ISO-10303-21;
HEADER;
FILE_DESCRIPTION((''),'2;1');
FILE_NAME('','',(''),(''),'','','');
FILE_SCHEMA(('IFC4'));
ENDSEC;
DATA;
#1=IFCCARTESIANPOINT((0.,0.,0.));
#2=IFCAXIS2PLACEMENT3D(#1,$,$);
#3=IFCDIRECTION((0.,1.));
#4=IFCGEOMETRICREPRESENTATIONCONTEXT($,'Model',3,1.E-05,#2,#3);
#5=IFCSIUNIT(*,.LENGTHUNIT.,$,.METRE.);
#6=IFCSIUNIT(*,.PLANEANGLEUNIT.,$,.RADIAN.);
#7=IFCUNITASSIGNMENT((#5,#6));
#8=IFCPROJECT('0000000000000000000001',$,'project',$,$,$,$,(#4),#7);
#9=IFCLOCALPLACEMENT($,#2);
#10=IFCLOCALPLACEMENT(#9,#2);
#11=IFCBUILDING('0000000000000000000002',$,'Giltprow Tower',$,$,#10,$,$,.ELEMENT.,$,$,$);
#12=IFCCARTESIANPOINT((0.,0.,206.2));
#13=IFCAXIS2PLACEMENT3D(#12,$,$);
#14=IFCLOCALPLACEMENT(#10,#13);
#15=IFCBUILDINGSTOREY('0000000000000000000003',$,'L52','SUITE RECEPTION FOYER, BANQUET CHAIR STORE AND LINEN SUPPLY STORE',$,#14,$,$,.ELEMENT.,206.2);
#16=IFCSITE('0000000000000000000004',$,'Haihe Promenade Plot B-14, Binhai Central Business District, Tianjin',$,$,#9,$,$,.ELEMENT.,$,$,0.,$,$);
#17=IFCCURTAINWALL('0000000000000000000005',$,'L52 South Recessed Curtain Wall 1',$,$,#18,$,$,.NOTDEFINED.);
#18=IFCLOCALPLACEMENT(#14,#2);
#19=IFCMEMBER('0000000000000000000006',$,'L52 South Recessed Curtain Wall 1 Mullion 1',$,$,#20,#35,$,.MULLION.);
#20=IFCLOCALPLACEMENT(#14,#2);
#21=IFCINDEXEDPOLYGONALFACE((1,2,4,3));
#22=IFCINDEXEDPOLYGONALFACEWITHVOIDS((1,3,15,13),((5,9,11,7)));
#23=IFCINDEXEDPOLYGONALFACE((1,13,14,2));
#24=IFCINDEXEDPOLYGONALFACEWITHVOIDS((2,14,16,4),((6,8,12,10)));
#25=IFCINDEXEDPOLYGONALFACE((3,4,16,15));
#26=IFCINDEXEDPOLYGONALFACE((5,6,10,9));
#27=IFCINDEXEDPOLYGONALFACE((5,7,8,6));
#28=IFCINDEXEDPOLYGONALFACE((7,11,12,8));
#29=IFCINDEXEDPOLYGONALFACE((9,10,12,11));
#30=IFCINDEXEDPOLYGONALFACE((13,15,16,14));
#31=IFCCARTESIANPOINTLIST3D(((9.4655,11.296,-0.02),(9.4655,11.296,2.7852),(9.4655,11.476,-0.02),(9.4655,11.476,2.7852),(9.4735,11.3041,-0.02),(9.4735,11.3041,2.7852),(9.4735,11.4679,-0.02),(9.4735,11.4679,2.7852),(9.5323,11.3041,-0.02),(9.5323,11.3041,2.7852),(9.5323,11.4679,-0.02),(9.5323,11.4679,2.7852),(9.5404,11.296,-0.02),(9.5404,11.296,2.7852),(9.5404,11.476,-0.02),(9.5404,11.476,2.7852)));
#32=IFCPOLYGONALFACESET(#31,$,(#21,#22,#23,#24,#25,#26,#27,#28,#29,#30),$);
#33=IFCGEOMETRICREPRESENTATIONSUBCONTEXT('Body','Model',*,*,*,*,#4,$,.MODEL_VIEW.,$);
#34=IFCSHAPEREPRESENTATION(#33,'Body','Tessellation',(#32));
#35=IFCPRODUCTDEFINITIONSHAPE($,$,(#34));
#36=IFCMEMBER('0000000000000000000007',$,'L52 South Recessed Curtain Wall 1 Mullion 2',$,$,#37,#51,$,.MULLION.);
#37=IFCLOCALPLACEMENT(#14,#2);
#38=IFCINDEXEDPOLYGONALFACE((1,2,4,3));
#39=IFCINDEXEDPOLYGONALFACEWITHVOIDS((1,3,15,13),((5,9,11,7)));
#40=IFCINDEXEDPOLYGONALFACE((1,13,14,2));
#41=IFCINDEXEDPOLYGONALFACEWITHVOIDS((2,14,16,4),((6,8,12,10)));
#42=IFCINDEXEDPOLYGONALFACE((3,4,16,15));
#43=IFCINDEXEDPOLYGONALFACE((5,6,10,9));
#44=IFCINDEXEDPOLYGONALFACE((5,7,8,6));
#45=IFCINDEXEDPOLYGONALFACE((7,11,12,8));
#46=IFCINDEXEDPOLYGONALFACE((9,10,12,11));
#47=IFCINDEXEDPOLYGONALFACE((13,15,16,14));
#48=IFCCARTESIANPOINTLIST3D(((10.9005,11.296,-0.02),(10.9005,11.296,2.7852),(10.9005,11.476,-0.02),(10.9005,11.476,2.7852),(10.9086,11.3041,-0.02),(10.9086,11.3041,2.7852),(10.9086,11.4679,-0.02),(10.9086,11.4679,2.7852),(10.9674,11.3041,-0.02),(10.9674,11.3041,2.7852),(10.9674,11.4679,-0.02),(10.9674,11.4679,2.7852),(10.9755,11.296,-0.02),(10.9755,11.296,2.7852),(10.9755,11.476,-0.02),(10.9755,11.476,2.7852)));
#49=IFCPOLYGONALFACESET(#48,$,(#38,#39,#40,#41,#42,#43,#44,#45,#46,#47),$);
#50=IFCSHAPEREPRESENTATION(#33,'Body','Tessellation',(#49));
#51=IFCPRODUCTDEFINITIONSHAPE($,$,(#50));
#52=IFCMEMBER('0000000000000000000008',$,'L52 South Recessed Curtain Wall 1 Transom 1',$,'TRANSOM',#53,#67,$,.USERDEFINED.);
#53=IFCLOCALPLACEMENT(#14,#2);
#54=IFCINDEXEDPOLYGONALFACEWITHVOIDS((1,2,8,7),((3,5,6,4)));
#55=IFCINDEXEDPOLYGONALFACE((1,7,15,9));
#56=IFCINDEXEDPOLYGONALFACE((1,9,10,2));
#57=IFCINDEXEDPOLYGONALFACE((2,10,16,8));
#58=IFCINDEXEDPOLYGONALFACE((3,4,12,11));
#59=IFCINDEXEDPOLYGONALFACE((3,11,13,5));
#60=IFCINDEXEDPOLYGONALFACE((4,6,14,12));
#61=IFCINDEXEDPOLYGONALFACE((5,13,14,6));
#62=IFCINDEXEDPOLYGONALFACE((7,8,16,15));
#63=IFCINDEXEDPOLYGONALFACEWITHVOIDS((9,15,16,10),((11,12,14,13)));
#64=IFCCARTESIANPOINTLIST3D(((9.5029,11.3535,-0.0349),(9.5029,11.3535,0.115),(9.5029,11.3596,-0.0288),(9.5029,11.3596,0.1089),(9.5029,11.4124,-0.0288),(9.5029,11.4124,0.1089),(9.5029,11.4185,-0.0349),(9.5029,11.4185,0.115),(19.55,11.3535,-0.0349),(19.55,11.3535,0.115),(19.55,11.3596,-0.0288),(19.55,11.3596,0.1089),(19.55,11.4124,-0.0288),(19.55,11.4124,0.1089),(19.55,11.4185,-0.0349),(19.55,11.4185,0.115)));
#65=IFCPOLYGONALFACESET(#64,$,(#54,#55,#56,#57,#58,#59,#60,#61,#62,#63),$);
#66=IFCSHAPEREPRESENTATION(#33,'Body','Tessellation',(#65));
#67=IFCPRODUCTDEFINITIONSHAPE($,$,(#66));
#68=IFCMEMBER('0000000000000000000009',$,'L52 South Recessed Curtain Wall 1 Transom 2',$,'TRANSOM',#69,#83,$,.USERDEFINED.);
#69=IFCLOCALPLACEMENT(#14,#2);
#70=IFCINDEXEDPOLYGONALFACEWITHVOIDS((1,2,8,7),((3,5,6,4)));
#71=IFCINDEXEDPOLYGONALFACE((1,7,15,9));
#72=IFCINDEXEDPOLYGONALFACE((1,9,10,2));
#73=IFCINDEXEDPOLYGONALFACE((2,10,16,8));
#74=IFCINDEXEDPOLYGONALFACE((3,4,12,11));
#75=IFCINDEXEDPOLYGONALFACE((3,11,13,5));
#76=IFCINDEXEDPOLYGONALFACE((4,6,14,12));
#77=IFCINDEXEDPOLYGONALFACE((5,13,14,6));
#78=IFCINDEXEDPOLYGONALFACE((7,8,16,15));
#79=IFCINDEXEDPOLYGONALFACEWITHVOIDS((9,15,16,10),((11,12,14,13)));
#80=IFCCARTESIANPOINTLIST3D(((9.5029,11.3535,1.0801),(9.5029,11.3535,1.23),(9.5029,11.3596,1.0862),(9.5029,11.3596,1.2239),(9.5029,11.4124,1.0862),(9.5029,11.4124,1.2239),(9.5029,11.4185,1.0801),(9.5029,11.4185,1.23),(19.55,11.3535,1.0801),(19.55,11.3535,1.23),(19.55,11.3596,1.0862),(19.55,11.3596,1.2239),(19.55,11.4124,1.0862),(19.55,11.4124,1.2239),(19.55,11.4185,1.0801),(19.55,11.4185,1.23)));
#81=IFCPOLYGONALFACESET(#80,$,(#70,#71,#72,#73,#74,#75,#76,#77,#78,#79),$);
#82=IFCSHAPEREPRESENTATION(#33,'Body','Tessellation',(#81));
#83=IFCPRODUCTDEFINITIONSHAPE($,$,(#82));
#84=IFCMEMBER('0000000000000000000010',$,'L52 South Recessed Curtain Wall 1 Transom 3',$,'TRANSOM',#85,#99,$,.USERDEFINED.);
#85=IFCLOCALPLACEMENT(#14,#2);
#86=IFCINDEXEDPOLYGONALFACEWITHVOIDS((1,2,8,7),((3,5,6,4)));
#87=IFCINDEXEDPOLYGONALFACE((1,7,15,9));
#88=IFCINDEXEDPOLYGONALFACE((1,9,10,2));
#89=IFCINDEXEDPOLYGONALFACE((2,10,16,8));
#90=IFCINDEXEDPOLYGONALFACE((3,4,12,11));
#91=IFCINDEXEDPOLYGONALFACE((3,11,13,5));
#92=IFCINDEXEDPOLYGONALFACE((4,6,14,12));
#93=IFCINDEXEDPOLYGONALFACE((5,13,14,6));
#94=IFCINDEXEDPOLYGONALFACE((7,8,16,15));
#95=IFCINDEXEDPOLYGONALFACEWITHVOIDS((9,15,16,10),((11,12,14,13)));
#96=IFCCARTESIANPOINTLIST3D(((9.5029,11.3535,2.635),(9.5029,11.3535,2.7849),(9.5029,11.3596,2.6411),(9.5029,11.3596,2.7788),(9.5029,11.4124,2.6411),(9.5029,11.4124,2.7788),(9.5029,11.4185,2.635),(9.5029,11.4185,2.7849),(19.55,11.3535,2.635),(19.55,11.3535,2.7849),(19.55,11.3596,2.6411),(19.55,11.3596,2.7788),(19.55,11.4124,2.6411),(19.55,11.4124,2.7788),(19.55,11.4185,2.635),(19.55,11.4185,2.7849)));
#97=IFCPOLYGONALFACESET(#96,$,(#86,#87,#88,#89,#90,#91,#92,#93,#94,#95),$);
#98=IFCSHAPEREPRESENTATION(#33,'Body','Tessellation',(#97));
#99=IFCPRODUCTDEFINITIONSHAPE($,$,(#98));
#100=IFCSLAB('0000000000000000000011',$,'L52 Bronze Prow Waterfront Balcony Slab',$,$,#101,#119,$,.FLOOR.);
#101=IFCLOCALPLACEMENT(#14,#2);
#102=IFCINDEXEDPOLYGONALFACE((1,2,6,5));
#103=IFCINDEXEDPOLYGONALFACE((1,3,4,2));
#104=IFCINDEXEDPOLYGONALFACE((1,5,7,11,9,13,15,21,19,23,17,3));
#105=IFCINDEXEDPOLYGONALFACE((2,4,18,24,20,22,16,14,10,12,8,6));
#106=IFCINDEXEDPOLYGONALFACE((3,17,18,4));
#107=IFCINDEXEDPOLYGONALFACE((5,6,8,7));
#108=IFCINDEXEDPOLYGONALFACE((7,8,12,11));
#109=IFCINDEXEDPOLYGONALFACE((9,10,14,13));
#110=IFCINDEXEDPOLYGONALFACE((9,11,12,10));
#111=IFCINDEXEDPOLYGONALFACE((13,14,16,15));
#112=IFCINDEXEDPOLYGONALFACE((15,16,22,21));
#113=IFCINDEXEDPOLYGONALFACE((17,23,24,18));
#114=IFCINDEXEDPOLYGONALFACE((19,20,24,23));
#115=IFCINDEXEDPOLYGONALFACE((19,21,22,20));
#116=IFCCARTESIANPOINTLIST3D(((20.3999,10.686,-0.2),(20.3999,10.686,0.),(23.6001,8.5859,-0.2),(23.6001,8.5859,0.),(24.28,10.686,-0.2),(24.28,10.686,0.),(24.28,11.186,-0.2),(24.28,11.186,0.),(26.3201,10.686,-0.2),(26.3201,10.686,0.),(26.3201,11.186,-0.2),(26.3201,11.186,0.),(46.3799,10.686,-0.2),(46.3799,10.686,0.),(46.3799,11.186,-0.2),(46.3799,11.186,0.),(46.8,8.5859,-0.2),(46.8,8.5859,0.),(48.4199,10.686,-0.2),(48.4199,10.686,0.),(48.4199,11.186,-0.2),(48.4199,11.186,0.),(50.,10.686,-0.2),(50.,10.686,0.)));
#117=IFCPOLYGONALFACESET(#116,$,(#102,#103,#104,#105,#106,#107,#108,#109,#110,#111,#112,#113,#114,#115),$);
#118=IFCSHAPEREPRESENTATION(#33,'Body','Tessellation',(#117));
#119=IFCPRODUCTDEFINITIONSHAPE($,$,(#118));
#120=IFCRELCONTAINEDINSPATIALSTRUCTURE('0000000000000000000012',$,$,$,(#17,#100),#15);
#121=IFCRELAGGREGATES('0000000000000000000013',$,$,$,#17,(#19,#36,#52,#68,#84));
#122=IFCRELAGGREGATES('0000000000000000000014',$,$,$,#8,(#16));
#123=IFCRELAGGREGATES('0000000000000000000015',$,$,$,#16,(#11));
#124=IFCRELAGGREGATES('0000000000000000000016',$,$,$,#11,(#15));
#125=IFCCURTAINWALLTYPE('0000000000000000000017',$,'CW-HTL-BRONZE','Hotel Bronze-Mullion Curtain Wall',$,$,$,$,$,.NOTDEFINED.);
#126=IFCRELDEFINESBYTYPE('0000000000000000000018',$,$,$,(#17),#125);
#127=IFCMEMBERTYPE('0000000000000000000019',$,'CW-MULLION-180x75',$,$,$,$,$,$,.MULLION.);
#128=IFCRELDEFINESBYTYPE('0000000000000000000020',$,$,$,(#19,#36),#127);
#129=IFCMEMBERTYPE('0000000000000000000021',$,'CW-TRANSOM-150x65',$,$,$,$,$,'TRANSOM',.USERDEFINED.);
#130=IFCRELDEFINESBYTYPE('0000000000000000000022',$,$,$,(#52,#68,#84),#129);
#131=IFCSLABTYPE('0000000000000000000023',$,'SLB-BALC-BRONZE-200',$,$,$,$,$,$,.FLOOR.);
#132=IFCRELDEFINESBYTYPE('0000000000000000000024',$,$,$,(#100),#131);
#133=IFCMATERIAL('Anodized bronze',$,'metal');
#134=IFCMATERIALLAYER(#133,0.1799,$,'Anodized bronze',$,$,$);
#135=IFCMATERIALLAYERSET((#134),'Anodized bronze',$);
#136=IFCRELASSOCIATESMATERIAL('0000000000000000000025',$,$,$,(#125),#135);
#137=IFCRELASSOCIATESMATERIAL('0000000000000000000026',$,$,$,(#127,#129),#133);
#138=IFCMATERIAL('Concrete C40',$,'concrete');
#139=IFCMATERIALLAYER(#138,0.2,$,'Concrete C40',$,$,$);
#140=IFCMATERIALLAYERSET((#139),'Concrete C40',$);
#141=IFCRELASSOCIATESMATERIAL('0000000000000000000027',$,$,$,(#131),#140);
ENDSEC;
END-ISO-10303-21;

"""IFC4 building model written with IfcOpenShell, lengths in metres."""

from ifc_helpers import new_model, si_unit, direction, frame, origin, origin_2d, place, context, subcontext, project, spatial, polyline, hollow_rectangle, outline, extrude, source, transform, mapped, material, layer, layer_set, material_profile, profile_set, type_object, element, aggregate, save


model = new_model("IFC4")

# Units and contexts
model_context = context("Model", 3, precision=1e-05, world=origin(), true_north=direction((0.0, 1.0)))
body_context = subcontext(model_context, "Body", "Model", "MODEL_VIEW")
ifc_project = project(units=[si_unit("LENGTHUNIT", "METRE"), si_unit("PLANEANGLEUNIT", "RADIAN")], contexts=[model_context])

# Site, building, storey
site_placement = place(None, origin())
site = spatial("IfcSite", under=ifc_project, at=site_placement, Name="Haihe Promenade Plot B-14, Binhai Central Business District, Tianjin", CompositionType="ELEMENT", RefElevation=0.0)
building_placement = place(site_placement, origin())
building = spatial("IfcBuilding", under=site, at=building_placement, Name="Giltprow Tower", CompositionType="ELEMENT")
storey_placement = place(building_placement, frame((0.0, 0.0, 206.2)))
storey = spatial("IfcBuildingStorey", under=building, at=storey_placement, Name="L52", Description="SUITE RECEPTION FOYER, BANQUET CHAIR STORE AND LINEN SUPPLY STORE", CompositionType="ELEMENT", Elevation=206.2)

# Curtain wall, members
ifc_material_1 = material(Name="Anodized bronze", Category="metal")
ifc_layer_1 = layer(ifc_material_1, 0.1799, Name="Anodized bronze")
ifc_layer_set_1 = layer_set([ifc_layer_1], Name="Anodized bronze")
curtain_wall_type = type_object("IfcCurtainWallType", Name="CW-HTL-BRONZE", Description="Hotel Bronze-Mullion Curtain Wall", PredefinedType="NOTDEFINED", material=ifc_layer_set_1)
curtain_wall_placement = place(storey_placement, origin())
curtain_wall = element("IfcCurtainWall", 1, at=curtain_wall_placement, inside=storey, type_object=curtain_wall_type, Name="L52 South Recessed Curtain Wall 1", PredefinedType="NOTDEFINED")
ifc_material_profile_1 = material_profile(ifc_material_1, hollow_rectangle(XDim=0.075, YDim=0.1799, WallThickness=0.0081, at=origin_2d()), Name="RHS 180x75x8")
ifc_profile_set_1 = profile_set([ifc_material_profile_1], Name="Anodized bronze")
member_type_1 = type_object("IfcMemberType", Name="CW-MULLION-180x75", PredefinedType="MULLION", material=ifc_profile_set_1)
shared_shape_1 = source(origin(), body_context, "Body", "SweptSolid", [
    extrude(hollow_rectangle(XDim=0.075, YDim=0.1799, WallThickness=0.0081, at=origin_2d()), origin(), (0.0, 0.0, 1.0), 2.8052),
])
member_1_placement = place(storey_placement, frame((9.5029, 11.386, -0.02), z_axis=(0.0, 0.0, 1.0), x_axis=(1.0, 0.0, 0.0)))
member_1 = element("IfcMember", 2, at=member_1_placement, type_object=member_type_1, Name="L52 South Recessed Curtain Wall 1 Mullion 1", PredefinedType="MULLION", context=body_context, shape_type="MappedRepresentation", body=[
    mapped(shared_shape_1, transform((0.0, 0.0, 0.0), x_axis=(1.0, 0.0, 0.0), y_axis=(0.0, 1.0, 0.0), z_axis=(0.0, 0.0, 1.0), scale=1.0)),
])
member_2_placement = place(storey_placement, frame((10.938, 11.386, -0.02), z_axis=(0.0, 0.0, 1.0), x_axis=(1.0, 0.0, 0.0)))
member_2 = element("IfcMember", 3, at=member_2_placement, type_object=member_type_1, Name="L52 South Recessed Curtain Wall 1 Mullion 2", PredefinedType="MULLION", context=body_context, shape_type="MappedRepresentation", body=[
    mapped(shared_shape_1, transform((0.0, 0.0, 0.0), x_axis=(1.0, 0.0, 0.0), y_axis=(0.0, 1.0, 0.0), z_axis=(0.0, 0.0, 1.0), scale=1.0)),
])
ifc_material_profile_2 = material_profile(ifc_material_1, hollow_rectangle(XDim=0.0649, YDim=0.1499, WallThickness=0.0061, at=origin_2d()), Name="RHS 150x65x6")
ifc_profile_set_2 = profile_set([ifc_material_profile_2], Name="Anodized bronze")
member_type_2 = type_object("IfcMemberType", Name="CW-TRANSOM-150x65", ElementType="TRANSOM", PredefinedType="USERDEFINED", material=ifc_profile_set_2)
shared_shape_2 = source(origin(), body_context, "Body", "SweptSolid", [
    extrude(hollow_rectangle(XDim=0.0649, YDim=0.1499, WallThickness=0.0061, at=origin_2d()), origin(), (0.0, 0.0, 1.0), 10.0471),
])
member_3_placement = place(storey_placement, frame((9.5029, 11.386, 0.04), z_axis=(1.0, 0.0, 0.0), x_axis=(0.0, 1.0, 0.0)))
member_3 = element("IfcMember", 4, at=member_3_placement, type_object=member_type_2, Name="L52 South Recessed Curtain Wall 1 Transom 1", ObjectType="TRANSOM", PredefinedType="USERDEFINED", context=body_context, shape_type="MappedRepresentation", body=[
    mapped(shared_shape_2, transform((0.0, 0.0, 0.0), x_axis=(1.0, 0.0, 0.0), y_axis=(0.0, 1.0, 0.0), z_axis=(0.0, 0.0, 1.0), scale=1.0)),
])
member_4_placement = place(storey_placement, frame((9.5029, 11.386, 1.155), z_axis=(1.0, 0.0, 0.0), x_axis=(0.0, 1.0, 0.0)))
member_4 = element("IfcMember", 5, at=member_4_placement, type_object=member_type_2, Name="L52 South Recessed Curtain Wall 1 Transom 2", ObjectType="TRANSOM", PredefinedType="USERDEFINED", context=body_context, shape_type="MappedRepresentation", body=[
    mapped(shared_shape_2, transform((0.0, 0.0, 0.0), x_axis=(1.0, 0.0, 0.0), y_axis=(0.0, 1.0, 0.0), z_axis=(0.0, 0.0, 1.0), scale=1.0)),
])
member_5_placement = place(storey_placement, frame((9.5029, 11.386, 2.71), z_axis=(1.0, 0.0, 0.0), x_axis=(0.0, 1.0, 0.0)))
member_5 = element("IfcMember", 6, at=member_5_placement, type_object=member_type_2, Name="L52 South Recessed Curtain Wall 1 Transom 3", ObjectType="TRANSOM", PredefinedType="USERDEFINED", context=body_context, shape_type="MappedRepresentation", body=[
    mapped(shared_shape_2, transform((0.0, 0.0, 0.0), x_axis=(1.0, 0.0, 0.0), y_axis=(0.0, 1.0, 0.0), z_axis=(0.0, 0.0, 1.0), scale=1.0)),
])

# Slab
ifc_material_2 = material(Name="Concrete C40", Category="concrete")
ifc_layer_2 = layer(ifc_material_2, 0.2, Name="Concrete C40")
ifc_layer_set_2 = layer_set([ifc_layer_2], Name="Concrete C40")
slab_type_1 = type_object("IfcSlabType", Name="SLB-BALC-BRONZE-200", PredefinedType="FLOOR", material=ifc_layer_set_2)
slab_1_placement = place(storey_placement, frame((0.0, 0.0, -0.2)))
element("IfcSlab", 7, at=slab_1_placement, inside=storey, type_object=slab_type_1, Name="L52 Bronze Prow Waterfront Balcony Slab", PredefinedType="FLOOR", context=body_context, shape_type="SweptSolid", body=[
    extrude(outline(polyline([(50.0, 10.686), (46.8, 8.5859), (23.6001, 8.5859), (20.3999, 10.686), (24.28, 10.686), (24.28, 11.186), (26.3201, 11.186), (26.3201, 10.686), (46.3799, 10.686), (46.3799, 11.186), (48.4199, 11.186), (48.4199, 10.686), (50.0, 10.686)])), origin(), (0.0, 0.0, 1.0), 0.2),
])

aggregate(curtain_wall, [member_1, member_2, member_3, member_4, member_5])

save(model, "model.ifc")
